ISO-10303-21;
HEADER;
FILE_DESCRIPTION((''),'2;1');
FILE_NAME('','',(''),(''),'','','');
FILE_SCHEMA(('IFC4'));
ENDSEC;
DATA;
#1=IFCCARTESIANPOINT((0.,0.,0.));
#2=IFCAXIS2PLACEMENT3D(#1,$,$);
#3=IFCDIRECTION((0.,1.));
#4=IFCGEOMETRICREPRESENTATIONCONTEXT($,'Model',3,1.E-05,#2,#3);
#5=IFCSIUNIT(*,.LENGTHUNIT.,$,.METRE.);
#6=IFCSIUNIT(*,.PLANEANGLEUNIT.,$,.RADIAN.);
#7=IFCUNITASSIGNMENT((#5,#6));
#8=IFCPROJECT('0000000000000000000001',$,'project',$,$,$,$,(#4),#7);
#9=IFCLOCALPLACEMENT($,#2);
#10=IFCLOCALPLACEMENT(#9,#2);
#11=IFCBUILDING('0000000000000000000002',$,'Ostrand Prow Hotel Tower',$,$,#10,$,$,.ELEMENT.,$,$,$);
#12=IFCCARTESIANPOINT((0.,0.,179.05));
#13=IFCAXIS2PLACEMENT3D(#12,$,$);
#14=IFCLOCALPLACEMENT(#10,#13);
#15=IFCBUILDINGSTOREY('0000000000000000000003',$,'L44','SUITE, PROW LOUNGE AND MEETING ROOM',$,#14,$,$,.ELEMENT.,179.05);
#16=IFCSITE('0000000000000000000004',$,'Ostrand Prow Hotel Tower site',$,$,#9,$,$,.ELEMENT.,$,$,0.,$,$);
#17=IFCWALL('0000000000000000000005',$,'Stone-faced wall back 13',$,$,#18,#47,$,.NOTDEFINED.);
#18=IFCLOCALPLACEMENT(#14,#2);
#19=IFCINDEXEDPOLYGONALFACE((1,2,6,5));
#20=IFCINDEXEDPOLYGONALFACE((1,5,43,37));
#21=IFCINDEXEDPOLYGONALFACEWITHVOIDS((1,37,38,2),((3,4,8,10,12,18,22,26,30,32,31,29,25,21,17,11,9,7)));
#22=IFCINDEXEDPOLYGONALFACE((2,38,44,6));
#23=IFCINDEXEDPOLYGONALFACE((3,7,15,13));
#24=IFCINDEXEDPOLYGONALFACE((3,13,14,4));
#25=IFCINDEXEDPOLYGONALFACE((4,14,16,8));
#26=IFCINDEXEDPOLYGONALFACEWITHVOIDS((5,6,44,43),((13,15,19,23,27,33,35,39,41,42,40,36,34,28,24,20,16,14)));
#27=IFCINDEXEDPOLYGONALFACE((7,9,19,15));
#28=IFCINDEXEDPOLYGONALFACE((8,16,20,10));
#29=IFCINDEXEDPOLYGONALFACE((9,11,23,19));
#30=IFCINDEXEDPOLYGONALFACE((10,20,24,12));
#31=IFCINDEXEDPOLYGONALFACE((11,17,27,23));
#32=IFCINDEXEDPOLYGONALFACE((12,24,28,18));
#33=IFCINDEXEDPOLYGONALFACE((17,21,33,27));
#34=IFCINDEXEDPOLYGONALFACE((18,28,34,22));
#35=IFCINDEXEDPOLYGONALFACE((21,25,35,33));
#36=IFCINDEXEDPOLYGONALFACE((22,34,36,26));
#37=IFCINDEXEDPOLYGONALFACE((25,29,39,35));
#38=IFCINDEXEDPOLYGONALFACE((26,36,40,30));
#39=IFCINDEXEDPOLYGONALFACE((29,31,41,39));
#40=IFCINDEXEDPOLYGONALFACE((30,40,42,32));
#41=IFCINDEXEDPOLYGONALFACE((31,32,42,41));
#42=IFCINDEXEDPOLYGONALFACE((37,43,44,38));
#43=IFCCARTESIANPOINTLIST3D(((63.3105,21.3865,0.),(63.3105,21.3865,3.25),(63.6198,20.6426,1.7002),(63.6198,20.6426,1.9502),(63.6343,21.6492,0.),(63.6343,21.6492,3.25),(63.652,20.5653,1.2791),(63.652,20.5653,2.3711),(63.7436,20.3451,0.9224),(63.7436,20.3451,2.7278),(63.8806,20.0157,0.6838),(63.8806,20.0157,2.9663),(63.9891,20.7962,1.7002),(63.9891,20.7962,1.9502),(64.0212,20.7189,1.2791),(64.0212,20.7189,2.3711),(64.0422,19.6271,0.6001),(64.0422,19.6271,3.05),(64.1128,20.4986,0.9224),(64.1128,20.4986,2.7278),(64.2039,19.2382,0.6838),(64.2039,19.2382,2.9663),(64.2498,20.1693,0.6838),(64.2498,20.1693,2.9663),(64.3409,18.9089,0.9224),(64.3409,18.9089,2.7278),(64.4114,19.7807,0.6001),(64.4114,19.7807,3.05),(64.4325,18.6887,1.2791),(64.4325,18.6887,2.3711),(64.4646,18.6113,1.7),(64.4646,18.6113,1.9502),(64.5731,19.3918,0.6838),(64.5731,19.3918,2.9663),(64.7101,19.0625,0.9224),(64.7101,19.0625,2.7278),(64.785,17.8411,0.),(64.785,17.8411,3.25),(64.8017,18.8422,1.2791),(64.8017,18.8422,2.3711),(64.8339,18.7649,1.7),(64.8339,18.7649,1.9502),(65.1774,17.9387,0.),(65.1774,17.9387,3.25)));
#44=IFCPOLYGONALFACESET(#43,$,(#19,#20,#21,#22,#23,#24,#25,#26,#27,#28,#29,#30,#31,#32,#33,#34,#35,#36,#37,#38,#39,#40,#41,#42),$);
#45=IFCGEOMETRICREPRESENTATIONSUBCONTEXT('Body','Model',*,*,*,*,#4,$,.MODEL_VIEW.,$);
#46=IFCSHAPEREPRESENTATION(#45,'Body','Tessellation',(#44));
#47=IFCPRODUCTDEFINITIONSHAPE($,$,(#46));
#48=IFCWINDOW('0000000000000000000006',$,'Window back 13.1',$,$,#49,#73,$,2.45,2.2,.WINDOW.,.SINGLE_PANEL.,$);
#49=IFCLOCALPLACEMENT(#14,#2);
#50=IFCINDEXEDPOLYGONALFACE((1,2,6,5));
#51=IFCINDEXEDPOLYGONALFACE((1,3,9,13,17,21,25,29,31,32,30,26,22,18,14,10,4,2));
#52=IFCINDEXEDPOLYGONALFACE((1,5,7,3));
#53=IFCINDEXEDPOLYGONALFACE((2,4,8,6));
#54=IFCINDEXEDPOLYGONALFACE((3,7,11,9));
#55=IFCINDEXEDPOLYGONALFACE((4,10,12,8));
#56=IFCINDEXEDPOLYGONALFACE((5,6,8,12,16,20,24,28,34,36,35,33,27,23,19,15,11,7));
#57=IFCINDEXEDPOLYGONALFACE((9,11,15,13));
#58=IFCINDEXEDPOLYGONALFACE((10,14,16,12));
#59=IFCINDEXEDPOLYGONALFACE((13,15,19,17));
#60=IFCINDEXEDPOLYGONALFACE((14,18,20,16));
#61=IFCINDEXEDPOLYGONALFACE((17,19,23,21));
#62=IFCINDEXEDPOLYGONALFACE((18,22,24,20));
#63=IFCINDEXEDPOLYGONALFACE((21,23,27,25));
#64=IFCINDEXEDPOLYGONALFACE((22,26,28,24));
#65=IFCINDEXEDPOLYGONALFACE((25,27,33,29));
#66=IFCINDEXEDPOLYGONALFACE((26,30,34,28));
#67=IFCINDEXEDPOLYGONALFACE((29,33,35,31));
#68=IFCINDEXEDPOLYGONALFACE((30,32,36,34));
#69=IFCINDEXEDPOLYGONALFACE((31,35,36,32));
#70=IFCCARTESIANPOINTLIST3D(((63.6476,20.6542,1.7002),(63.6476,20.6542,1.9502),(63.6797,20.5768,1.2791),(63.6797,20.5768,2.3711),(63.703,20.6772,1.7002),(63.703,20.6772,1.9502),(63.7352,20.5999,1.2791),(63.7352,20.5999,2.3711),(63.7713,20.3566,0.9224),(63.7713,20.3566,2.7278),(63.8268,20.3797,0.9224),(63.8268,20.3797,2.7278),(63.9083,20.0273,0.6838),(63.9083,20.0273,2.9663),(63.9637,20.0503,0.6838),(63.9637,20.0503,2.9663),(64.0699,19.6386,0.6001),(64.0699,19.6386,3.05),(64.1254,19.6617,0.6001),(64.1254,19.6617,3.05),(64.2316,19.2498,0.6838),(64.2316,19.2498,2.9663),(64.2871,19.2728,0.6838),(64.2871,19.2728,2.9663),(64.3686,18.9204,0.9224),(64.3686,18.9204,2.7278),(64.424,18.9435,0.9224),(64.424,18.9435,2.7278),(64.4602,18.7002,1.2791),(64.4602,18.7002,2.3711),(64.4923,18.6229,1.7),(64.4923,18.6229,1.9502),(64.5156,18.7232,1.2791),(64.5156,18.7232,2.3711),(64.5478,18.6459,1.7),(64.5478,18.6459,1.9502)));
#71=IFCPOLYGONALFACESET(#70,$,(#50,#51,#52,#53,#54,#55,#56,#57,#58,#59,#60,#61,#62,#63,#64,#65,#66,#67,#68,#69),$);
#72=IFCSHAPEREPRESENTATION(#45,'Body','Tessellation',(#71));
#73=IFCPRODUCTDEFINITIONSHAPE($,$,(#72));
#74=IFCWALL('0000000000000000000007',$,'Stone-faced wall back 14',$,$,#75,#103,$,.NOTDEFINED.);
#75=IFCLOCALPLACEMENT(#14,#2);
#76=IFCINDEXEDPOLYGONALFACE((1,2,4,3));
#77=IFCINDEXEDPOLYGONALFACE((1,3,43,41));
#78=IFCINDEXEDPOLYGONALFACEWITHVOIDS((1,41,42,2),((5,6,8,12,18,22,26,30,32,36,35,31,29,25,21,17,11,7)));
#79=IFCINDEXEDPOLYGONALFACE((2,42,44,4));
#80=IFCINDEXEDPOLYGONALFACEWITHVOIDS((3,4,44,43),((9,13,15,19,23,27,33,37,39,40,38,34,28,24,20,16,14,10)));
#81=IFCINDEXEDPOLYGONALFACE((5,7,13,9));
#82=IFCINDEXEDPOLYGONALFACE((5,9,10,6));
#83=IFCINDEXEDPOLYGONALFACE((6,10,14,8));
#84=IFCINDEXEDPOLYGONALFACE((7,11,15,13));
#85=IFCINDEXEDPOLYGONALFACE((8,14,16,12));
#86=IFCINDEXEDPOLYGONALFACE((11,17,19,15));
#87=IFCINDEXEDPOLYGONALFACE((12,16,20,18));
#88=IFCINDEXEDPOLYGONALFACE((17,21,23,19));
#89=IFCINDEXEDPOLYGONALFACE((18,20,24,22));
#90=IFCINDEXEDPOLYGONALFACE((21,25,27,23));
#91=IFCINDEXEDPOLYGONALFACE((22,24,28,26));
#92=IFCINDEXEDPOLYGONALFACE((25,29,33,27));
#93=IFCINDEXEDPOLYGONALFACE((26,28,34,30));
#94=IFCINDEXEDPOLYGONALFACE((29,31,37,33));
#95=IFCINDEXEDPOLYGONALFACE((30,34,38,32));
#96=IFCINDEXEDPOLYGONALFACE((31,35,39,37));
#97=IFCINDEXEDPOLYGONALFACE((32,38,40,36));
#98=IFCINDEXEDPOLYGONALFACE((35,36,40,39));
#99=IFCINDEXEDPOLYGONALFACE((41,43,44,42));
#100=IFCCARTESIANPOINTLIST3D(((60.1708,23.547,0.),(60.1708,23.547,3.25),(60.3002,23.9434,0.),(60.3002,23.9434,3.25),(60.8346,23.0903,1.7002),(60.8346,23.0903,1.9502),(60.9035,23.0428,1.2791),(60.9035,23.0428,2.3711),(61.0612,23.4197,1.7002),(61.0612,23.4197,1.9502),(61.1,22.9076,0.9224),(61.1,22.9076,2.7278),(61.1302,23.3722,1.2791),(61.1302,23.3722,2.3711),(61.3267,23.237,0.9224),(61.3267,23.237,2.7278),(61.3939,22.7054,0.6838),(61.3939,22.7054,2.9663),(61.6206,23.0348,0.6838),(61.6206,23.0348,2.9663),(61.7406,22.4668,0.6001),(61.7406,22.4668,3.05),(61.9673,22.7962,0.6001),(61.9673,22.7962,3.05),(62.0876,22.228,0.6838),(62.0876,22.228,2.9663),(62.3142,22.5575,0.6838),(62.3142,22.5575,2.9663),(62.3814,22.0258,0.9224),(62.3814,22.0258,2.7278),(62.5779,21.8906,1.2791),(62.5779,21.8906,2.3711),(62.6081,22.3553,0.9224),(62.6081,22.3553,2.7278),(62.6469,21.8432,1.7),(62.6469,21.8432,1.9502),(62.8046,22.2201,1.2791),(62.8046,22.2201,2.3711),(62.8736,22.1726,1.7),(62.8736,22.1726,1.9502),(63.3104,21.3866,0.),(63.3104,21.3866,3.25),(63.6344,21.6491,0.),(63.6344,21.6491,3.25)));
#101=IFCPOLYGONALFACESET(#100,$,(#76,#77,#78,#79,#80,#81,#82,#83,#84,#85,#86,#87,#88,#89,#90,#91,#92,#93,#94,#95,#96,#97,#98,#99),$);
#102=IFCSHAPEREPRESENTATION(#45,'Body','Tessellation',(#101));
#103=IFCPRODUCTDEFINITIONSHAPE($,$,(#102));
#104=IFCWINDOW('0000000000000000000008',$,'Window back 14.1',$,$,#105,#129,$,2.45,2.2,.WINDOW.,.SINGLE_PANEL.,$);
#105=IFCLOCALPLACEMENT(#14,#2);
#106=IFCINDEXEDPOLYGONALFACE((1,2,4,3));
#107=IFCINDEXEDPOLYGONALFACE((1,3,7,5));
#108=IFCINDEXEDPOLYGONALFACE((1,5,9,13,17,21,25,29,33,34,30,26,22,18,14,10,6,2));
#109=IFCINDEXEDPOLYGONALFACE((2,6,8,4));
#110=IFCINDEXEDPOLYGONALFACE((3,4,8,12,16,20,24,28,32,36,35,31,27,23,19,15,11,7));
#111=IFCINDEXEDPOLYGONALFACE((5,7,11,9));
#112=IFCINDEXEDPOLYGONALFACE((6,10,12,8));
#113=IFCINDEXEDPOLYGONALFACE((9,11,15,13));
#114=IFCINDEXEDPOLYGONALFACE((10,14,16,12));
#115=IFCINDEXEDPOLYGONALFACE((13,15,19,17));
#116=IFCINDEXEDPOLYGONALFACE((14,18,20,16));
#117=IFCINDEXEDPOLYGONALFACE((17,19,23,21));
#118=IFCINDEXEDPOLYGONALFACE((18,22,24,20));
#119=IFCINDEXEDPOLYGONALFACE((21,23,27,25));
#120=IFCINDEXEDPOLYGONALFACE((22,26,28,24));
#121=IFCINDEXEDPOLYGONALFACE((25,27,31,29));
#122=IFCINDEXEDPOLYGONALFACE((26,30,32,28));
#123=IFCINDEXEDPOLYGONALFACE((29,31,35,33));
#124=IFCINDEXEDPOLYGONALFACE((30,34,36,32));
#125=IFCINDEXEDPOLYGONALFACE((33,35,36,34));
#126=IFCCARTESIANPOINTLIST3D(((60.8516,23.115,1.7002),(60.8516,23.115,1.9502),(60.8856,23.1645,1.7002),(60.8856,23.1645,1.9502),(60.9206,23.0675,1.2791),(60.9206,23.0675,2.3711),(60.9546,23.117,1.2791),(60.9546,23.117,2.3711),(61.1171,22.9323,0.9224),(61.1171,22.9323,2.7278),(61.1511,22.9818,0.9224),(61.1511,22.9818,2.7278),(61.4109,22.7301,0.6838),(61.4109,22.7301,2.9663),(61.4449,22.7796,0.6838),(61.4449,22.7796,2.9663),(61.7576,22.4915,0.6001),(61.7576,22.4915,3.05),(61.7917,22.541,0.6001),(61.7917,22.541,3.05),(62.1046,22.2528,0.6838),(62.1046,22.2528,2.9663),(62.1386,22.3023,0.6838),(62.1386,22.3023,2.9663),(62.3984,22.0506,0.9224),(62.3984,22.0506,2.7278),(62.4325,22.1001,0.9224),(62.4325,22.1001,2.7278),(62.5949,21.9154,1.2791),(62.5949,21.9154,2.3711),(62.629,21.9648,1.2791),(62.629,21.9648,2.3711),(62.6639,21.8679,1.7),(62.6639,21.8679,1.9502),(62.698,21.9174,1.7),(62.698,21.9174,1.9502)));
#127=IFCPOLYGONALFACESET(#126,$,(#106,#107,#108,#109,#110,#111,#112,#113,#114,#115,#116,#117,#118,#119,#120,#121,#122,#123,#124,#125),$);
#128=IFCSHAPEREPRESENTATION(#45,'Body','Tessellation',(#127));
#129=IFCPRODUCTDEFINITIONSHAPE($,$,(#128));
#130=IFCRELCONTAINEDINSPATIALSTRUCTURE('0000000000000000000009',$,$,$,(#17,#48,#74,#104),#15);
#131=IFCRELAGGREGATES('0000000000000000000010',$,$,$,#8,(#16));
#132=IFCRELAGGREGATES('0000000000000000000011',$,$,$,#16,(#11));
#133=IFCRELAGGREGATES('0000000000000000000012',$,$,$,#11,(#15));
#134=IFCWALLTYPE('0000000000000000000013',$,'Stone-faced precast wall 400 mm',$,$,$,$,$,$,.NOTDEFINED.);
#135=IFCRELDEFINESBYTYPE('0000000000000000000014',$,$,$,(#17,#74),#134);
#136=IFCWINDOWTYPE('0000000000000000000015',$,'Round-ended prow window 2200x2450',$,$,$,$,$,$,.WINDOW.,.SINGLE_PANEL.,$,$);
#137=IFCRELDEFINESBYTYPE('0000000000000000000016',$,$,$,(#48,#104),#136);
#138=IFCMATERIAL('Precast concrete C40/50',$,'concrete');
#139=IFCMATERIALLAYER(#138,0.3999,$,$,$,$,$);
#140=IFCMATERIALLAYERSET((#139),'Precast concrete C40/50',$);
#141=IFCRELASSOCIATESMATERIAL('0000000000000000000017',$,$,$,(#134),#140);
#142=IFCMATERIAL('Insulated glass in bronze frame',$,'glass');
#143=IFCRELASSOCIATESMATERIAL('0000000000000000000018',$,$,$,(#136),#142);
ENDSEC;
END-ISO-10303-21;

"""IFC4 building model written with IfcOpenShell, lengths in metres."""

from ifc_helpers import new_model, si_unit, direction, frame, origin, place, context, subcontext, project, spatial, polyline, outline, extrude, material, layer, layer_set, type_object, element, fill, save


model = new_model("IFC4")

# Units and contexts
model_context = context("Model", 3, precision=1e-05, world=origin(), true_north=direction((0.0, 1.0)))
body_context = subcontext(model_context, "Body", "Model", "MODEL_VIEW")
ifc_project = project(units=[si_unit("LENGTHUNIT", "METRE"), si_unit("PLANEANGLEUNIT", "RADIAN")], contexts=[model_context])

# Site, building, storey
site_placement = place(None, origin())
site = spatial("IfcSite", under=ifc_project, at=site_placement, Name="Ostrand Prow Hotel Tower site", CompositionType="ELEMENT", RefElevation=0.0)
building_placement = place(site_placement, origin())
building = spatial("IfcBuilding", under=site, at=building_placement, Name="Ostrand Prow Hotel Tower", CompositionType="ELEMENT")
storey_placement = place(building_placement, frame((0.0, 0.0, 179.05)))
storey = spatial("IfcBuildingStorey", under=building, at=storey_placement, Name="L44", Description="SUITE, PROW LOUNGE AND MEETING ROOM", CompositionType="ELEMENT", Elevation=179.05)

# Walls, openings, windows
ifc_material_1 = material(Name="Precast concrete C40/50", Category="concrete")
ifc_layer_1 = layer(ifc_material_1, 0.3999)
ifc_layer_set_1 = layer_set([ifc_layer_1], Name="Precast concrete C40/50")
wall_type_1 = type_object("IfcWallType", Name="Stone-faced precast wall 400 mm", PredefinedType="NOTDEFINED", material=ifc_layer_set_1)
wall_1_placement = place(storey_placement, frame((64.9812, 17.8899, 0.0), z_axis=(0.0, 0.0, 1.0), x_axis=(-0.383998, 0.923334, 0.0)))
wall_1 = element("IfcWall", 1, at=wall_1_placement, inside=storey, type_object=wall_type_1, Name="Stone-faced wall back 13", PredefinedType="NOTDEFINED", context=body_context, shape_type="SweptSolid", body=[
    extrude(outline(polyline([(-0.0303, -0.2), (3.9883, -0.2), (3.8701, 0.2), (0.0303, 0.2), (-0.0303, -0.2)])), origin(), (0.0, 0.0, 1.0), 3.25),
])
opening_1_placement = place(wall_1_placement, frame((0.8645, 0.0, 0.6001)))
opening_1 = element("IfcOpeningElement", 2, at=opening_1_placement, cuts=wall_1, PredefinedType="OPENING", context=body_context, shape_type="SweptSolid", body=[
    extrude(outline(polyline([(0.0, 1.3501), (0.0837, 1.771), (0.3223, 2.1277), (0.679, 2.3662), (1.1001, 2.45), (1.521, 2.3662), (1.8777, 2.1277), (2.1162, 1.771), (2.2, 1.3501), (2.2, 1.1001), (2.1162, 0.679), (1.8777, 0.3223), (1.521, 0.0837), (1.1001, 0.0), (0.679, 0.0837), (0.3223, 0.3223), (0.0837, 0.679), (0.0, 1.0999), (0.0, 1.3501)])), frame((0.0, 0.21, 0.0), z_axis=(0.0, -1.0, 0.0), x_axis=(1.0, 0.0, 0.0)), (0.0, 0.0, 1.0), 0.4199),
])
ifc_material_2 = material(Name="Insulated glass in bronze frame", Category="glass")
window_type_1 = type_object("IfcWindowType", Name="Round-ended prow window 2200x2450", PartitioningType="SINGLE_PANEL", PredefinedType="WINDOW", material=ifc_material_2)
window_1_placement = place(opening_1_placement, origin())
window_1 = element("IfcWindow", 3, at=window_1_placement, inside=storey, type_object=window_type_1, Name="Window back 13.1", OverallHeight=2.45, OverallWidth=2.2, PartitioningType="SINGLE_PANEL", PredefinedType="WINDOW", context=body_context, shape_type="SweptSolid", body=[
    extrude(outline(polyline([(0.0, 1.3501), (0.0837, 1.771), (0.3223, 2.1277), (0.679, 2.3662), (1.1001, 2.45), (1.521, 2.3662), (1.8777, 2.1277), (2.1162, 1.771), (2.2, 1.3501), (2.2, 1.1001), (2.1162, 0.679), (1.8777, 0.3223), (1.521, 0.0837), (1.1001, 0.0), (0.679, 0.0837), (0.3223, 0.3223), (0.0837, 0.679), (0.0, 1.0999), (0.0, 1.3501)])), frame((0.0, 0.1699, 0.0), z_axis=(0.0, -1.0, 0.0), x_axis=(1.0, 0.0, 0.0)), (0.0, 0.0, 1.0), 0.0601),
])
fill(opening_1, window_1)
wall_2_placement = place(storey_placement, frame((63.4724, 21.5178, 0.0), z_axis=(0.0, 0.0, 1.0), x_axis=(-0.823806, 0.566872, 0.0)))
wall_2 = element("IfcWall", 4, at=wall_2_placement, inside=storey, type_object=wall_type_1, Name="Stone-faced wall back 14", PredefinedType="NOTDEFINED", context=body_context, shape_type="SweptSolid", body=[
    extrude(outline(polyline([(-0.0591, -0.2), (3.9883, -0.2), (3.8701, 0.2), (0.0591, 0.2), (-0.0591, -0.2)])), origin(), (0.0, 0.0, 1.0), 3.25),
])
opening_2_placement = place(wall_2_placement, frame((0.8645, 0.0, 0.6001)))
opening_2 = element("IfcOpeningElement", 5, at=opening_2_placement, cuts=wall_2, PredefinedType="OPENING", context=body_context, shape_type="SweptSolid", body=[
    extrude(outline(polyline([(0.0, 1.3501), (0.0837, 1.771), (0.3223, 2.1277), (0.679, 2.3662), (1.1001, 2.45), (1.521, 2.3662), (1.8777, 2.1277), (2.1162, 1.771), (2.2, 1.3501), (2.2, 1.1001), (2.1162, 0.679), (1.8777, 0.3223), (1.521, 0.0837), (1.1001, 0.0), (0.679, 0.0837), (0.3223, 0.3223), (0.0837, 0.679), (0.0, 1.0999), (0.0, 1.3501)])), frame((0.0, 0.21, 0.0), z_axis=(0.0, -1.0, 0.0), x_axis=(1.0, 0.0, 0.0)), (0.0, 0.0, 1.0), 0.4199),
])
window_2_placement = place(opening_2_placement, origin())
window_2 = element("IfcWindow", 6, at=window_2_placement, inside=storey, type_object=window_type_1, Name="Window back 14.1", OverallHeight=2.45, OverallWidth=2.2, PartitioningType="SINGLE_PANEL", PredefinedType="WINDOW", context=body_context, shape_type="SweptSolid", body=[
    extrude(outline(polyline([(0.0, 1.3501), (0.0837, 1.771), (0.3223, 2.1277), (0.679, 2.3662), (1.1001, 2.45), (1.521, 2.3662), (1.8777, 2.1277), (2.1162, 1.771), (2.2, 1.3501), (2.2, 1.1001), (2.1162, 0.679), (1.8777, 0.3223), (1.521, 0.0837), (1.1001, 0.0), (0.679, 0.0837), (0.3223, 0.3223), (0.0837, 0.679), (0.0, 1.0999), (0.0, 1.3501)])), frame((0.0, 0.1699, 0.0), z_axis=(0.0, -1.0, 0.0), x_axis=(1.0, 0.0, 0.0)), (0.0, 0.0, 1.0), 0.0601),
])
fill(opening_2, window_2)

save(model, "model.ifc")
